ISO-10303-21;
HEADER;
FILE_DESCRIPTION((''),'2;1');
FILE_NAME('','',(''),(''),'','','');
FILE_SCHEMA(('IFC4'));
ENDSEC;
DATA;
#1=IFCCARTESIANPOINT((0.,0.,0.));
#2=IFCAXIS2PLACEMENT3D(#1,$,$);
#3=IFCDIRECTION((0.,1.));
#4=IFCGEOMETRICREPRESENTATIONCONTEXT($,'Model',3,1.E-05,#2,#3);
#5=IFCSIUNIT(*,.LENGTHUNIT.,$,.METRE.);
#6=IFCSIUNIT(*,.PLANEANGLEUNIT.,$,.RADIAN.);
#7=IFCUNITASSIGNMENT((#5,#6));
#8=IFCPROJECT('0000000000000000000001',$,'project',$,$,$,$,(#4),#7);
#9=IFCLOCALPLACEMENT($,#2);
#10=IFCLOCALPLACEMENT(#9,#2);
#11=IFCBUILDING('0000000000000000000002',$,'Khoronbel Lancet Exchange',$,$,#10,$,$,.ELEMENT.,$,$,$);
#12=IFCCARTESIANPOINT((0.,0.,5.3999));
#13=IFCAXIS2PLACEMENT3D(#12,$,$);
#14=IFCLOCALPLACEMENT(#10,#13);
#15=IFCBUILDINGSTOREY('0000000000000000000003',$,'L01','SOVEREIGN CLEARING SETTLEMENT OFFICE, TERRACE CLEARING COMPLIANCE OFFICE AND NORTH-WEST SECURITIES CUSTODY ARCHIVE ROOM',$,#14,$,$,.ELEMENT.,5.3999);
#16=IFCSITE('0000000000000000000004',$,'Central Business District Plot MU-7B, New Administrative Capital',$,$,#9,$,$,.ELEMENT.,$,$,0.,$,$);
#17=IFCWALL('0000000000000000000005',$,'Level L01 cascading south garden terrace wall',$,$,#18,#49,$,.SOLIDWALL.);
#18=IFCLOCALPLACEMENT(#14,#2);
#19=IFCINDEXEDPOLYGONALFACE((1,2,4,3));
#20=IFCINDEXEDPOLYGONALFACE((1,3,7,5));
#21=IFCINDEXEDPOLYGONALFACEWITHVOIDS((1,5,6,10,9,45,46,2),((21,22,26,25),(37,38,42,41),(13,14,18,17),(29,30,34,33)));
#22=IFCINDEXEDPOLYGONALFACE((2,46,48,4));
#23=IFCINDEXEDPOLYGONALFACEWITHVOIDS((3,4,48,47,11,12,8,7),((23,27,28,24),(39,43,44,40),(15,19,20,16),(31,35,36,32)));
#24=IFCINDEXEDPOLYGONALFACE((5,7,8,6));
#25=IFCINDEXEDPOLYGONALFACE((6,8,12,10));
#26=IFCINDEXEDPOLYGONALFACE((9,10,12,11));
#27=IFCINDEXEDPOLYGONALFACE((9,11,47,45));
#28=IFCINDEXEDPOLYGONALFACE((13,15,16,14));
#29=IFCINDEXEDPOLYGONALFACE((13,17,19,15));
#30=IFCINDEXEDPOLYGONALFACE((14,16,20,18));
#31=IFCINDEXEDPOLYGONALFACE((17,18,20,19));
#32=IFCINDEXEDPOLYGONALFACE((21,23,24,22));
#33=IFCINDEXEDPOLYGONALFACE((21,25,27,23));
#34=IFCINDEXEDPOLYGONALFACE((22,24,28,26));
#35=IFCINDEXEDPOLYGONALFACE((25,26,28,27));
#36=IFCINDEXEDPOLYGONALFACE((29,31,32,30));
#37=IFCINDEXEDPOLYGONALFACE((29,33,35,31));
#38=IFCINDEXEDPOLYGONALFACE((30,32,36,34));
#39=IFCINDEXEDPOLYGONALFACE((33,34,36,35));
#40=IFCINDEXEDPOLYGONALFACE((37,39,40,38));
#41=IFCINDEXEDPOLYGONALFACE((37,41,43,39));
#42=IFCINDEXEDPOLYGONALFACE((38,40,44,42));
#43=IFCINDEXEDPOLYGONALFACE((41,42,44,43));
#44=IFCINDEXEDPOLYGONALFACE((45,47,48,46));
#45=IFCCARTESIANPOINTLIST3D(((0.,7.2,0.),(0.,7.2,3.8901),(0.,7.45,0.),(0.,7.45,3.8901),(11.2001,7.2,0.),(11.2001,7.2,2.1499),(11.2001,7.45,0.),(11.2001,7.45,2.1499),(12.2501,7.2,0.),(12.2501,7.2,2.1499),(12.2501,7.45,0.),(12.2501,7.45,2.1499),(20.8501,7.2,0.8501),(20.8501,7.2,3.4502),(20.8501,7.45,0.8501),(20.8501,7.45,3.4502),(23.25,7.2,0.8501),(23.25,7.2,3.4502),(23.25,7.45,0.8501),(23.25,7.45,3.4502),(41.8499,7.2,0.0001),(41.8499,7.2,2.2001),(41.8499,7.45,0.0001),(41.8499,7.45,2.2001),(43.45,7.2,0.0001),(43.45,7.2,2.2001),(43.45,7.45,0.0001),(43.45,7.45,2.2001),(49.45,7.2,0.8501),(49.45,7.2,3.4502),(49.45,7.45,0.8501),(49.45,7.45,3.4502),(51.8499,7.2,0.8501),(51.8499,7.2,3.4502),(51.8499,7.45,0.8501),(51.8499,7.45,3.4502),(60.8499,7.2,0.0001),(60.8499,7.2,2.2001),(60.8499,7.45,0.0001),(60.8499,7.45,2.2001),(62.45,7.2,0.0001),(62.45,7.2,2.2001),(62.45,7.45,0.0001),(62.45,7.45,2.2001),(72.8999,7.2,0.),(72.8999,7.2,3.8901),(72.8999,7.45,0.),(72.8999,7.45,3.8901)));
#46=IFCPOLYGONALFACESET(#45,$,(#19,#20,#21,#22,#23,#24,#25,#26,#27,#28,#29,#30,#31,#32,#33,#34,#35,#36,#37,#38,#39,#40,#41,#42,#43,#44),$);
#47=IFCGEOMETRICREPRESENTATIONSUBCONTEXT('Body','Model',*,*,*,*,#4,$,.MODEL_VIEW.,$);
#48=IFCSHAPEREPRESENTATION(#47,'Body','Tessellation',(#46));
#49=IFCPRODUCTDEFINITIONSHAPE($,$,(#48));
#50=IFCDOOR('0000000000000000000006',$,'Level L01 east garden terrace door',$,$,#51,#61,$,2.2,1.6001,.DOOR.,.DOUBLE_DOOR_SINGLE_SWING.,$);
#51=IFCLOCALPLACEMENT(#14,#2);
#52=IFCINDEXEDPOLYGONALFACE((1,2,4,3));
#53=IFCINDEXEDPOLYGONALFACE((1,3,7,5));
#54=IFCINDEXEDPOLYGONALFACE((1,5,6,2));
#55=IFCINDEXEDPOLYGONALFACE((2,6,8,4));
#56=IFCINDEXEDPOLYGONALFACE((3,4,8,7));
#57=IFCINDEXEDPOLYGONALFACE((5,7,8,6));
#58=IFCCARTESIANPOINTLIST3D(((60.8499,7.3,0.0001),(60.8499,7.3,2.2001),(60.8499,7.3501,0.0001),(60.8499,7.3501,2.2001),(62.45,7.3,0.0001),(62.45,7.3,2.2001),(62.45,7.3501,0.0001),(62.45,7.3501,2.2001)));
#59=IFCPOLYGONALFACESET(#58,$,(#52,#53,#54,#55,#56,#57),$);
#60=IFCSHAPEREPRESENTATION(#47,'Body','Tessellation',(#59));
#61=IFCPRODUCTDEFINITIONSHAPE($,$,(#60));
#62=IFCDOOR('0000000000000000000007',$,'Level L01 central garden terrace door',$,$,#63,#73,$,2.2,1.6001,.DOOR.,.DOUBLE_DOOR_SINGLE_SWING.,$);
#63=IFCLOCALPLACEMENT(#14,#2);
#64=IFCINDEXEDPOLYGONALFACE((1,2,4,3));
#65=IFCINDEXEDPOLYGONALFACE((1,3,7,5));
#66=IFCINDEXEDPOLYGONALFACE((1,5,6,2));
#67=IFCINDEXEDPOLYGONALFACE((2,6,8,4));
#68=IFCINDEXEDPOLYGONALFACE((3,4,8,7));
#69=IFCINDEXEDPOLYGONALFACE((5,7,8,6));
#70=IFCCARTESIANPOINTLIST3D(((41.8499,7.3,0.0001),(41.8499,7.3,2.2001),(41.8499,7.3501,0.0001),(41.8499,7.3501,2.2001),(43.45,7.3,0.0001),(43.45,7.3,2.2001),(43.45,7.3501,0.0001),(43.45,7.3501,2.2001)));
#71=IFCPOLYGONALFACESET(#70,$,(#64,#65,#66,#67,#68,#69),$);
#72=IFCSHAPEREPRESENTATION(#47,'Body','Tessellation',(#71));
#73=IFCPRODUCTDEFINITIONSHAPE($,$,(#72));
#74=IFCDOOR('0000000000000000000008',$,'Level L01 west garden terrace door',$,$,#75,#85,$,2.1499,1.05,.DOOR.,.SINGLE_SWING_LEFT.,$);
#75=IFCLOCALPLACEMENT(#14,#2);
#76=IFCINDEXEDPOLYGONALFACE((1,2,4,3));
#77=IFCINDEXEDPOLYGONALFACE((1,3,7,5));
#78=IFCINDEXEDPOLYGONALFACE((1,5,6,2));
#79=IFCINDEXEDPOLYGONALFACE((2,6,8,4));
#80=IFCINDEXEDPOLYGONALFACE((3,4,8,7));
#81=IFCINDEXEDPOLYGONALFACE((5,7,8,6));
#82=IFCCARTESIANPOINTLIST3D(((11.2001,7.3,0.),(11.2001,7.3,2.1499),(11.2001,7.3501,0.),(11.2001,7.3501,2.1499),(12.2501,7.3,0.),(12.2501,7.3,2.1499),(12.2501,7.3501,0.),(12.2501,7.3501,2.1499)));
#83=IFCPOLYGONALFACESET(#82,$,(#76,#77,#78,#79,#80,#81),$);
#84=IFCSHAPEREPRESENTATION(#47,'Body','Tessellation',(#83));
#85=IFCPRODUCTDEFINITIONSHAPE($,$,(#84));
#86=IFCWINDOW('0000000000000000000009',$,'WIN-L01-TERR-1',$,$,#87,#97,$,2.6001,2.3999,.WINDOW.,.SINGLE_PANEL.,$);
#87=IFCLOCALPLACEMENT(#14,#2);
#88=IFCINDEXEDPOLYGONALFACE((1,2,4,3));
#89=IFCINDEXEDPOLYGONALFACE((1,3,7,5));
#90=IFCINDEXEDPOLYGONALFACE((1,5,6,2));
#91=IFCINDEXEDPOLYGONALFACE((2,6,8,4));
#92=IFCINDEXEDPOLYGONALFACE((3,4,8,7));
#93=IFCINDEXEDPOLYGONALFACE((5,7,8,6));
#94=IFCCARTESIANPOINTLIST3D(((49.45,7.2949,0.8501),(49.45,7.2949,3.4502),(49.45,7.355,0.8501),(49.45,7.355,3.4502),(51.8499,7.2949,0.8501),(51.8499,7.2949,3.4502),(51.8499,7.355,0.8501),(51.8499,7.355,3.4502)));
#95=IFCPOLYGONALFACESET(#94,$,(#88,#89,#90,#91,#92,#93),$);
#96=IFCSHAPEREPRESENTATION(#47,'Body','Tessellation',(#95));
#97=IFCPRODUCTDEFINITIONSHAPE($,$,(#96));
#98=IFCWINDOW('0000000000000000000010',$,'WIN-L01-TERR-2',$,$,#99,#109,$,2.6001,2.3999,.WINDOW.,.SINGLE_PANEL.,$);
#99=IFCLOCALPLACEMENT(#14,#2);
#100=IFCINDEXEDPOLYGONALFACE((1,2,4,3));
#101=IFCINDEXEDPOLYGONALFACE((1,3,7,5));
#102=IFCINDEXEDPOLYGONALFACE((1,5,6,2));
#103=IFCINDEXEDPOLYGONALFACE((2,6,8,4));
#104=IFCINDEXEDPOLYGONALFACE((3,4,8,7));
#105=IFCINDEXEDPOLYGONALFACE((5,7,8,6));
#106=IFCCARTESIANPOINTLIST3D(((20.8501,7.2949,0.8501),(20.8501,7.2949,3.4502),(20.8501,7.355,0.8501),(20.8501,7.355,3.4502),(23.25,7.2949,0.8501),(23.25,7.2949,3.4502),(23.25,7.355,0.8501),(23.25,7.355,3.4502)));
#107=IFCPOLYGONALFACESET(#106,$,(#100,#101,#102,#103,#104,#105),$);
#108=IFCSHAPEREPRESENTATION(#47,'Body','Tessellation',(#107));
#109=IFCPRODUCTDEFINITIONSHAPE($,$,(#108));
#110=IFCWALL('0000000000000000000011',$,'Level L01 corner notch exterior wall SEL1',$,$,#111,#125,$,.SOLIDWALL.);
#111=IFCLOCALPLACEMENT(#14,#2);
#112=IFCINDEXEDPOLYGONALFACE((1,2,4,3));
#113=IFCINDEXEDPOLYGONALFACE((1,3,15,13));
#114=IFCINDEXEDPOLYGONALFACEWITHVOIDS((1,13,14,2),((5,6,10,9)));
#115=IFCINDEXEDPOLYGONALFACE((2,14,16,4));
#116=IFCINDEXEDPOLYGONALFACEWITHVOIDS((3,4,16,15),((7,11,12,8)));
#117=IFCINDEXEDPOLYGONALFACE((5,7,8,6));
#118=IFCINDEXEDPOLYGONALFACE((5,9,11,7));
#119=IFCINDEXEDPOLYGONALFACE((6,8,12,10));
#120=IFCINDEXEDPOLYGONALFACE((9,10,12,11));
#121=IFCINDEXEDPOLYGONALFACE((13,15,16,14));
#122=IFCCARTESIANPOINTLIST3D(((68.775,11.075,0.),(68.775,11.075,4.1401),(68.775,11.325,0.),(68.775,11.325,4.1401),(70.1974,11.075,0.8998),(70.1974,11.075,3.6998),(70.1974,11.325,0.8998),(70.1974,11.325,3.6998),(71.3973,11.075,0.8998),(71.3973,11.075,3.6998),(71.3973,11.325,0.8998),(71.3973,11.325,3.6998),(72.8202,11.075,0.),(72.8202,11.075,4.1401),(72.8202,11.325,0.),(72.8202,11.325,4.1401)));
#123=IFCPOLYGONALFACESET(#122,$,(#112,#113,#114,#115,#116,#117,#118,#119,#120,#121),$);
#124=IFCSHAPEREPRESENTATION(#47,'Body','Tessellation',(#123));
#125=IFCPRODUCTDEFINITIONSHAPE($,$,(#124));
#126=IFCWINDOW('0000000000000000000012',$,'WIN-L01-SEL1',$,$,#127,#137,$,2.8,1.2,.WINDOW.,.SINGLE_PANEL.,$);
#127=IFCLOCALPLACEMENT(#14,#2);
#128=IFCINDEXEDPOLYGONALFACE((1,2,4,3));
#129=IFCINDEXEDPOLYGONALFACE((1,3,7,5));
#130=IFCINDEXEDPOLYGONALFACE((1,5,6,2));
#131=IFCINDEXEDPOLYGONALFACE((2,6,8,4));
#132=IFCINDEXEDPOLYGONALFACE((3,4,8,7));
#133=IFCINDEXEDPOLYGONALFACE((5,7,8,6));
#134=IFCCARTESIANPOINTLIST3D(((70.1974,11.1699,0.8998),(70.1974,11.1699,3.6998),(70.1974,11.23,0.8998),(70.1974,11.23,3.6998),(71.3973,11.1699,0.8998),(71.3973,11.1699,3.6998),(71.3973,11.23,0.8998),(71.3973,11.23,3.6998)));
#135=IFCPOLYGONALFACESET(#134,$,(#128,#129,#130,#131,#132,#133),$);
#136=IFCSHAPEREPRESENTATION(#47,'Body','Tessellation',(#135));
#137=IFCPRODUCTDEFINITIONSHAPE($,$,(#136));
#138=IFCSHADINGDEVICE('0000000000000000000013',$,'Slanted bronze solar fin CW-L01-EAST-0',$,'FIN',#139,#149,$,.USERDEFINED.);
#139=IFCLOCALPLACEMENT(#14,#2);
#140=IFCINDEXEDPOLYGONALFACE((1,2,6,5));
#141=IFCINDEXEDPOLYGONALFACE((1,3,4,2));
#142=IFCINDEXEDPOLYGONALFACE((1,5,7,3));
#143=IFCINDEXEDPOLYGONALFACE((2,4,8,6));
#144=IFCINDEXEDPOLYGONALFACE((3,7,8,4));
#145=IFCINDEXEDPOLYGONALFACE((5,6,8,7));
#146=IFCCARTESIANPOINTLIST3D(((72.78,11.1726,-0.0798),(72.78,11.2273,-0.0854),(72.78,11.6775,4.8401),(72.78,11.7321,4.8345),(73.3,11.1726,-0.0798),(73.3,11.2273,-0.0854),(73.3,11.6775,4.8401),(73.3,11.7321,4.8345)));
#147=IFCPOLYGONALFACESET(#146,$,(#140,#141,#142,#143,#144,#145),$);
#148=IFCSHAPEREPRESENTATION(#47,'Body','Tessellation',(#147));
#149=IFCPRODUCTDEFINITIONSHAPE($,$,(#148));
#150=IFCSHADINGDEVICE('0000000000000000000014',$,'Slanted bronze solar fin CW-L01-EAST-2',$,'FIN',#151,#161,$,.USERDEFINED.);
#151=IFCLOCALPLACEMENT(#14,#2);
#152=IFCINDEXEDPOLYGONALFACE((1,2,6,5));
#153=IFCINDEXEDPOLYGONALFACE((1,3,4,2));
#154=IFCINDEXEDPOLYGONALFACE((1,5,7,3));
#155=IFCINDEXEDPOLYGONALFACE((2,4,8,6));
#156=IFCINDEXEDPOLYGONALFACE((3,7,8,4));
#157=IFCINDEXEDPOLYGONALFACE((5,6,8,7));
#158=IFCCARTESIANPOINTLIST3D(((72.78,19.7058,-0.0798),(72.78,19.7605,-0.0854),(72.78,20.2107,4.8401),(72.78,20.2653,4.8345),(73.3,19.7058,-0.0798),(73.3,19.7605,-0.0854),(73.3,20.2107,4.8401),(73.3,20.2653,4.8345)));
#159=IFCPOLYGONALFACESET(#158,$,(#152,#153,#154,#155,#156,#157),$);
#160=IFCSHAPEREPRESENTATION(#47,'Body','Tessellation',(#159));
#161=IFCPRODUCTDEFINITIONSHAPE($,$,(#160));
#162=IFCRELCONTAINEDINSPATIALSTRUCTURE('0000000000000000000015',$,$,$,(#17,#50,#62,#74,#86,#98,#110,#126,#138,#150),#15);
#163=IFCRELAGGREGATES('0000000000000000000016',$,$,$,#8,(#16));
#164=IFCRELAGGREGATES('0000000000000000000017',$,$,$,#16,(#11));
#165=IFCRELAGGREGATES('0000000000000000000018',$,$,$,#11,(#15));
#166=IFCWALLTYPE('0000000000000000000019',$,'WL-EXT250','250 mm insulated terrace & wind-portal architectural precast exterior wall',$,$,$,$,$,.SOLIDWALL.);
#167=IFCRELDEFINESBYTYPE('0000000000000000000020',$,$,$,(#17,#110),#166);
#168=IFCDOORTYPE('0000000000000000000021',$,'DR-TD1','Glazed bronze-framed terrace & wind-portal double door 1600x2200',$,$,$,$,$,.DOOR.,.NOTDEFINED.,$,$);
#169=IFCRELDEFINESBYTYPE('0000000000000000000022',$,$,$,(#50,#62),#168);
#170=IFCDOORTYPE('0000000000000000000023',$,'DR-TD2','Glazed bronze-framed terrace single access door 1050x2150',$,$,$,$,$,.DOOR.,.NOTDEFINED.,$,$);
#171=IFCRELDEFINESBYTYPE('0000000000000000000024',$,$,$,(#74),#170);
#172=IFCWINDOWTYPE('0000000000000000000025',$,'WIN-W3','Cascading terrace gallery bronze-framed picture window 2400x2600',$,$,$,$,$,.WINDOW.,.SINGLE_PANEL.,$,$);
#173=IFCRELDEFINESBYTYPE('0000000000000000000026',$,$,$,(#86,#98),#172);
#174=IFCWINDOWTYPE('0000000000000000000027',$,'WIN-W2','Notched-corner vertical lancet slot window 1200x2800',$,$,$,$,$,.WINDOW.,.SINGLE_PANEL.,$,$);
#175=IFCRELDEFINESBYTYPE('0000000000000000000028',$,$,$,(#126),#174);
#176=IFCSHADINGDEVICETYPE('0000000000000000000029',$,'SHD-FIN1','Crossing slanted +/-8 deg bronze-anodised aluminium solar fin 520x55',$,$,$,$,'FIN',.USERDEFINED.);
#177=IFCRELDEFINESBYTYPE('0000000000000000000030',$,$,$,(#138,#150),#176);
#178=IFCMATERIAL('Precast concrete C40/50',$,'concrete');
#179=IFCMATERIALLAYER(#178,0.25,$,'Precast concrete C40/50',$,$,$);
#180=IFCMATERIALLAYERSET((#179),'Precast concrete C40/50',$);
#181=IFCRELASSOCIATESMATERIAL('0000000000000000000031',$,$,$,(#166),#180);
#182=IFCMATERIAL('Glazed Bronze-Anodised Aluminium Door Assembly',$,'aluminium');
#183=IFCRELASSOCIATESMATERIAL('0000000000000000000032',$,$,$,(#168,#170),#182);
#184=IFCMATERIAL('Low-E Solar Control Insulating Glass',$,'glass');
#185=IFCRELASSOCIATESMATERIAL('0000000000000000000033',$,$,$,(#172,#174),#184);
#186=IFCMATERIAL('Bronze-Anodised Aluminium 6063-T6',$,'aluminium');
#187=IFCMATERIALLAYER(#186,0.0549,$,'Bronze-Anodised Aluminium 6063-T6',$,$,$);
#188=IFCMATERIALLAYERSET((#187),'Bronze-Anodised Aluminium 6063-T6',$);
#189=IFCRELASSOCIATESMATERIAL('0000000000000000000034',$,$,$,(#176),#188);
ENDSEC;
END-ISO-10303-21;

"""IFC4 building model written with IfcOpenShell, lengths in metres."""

from ifc_helpers import new_model, si_unit, direction, frame, frame_2d, origin, place, context, subcontext, project, spatial, polyline, rectangle, outline, extrude, material, layer, layer_set, type_object, element, fill, save


model = new_model("IFC4")

# Units and contexts
model_context = context("Model", 3, precision=1e-05, world=origin(), true_north=direction((0.0, 1.0)))
body_context = subcontext(model_context, "Body", "Model", "MODEL_VIEW")
ifc_project = project(units=[si_unit("LENGTHUNIT", "METRE"), si_unit("PLANEANGLEUNIT", "RADIAN")], contexts=[model_context])

# Site, building, storey
site_placement = place(None, origin())
site = spatial("IfcSite", under=ifc_project, at=site_placement, Name="Central Business District Plot MU-7B, New Administrative Capital", CompositionType="ELEMENT", RefElevation=0.0)
building_placement = place(site_placement, origin())
building = spatial("IfcBuilding", under=site, at=building_placement, Name="Khoronbel Lancet Exchange", CompositionType="ELEMENT")
storey_placement = place(building_placement, frame((0.0, 0.0, 5.3999)))
storey = spatial("IfcBuildingStorey", under=building, at=storey_placement, Name="L01", Description="SOVEREIGN CLEARING SETTLEMENT OFFICE, TERRACE CLEARING COMPLIANCE OFFICE AND NORTH-WEST SECURITIES CUSTODY ARCHIVE ROOM", CompositionType="ELEMENT", Elevation=5.3999)

# Shared definitions
ifc_material_1 = material(Name="Low-E Solar Control Insulating Glass", Category="glass")
ifc_material_2 = material(Name="Bronze-Anodised Aluminium 6063-T6", Category="aluminium")

# Wall, openings, doors, windows
ifc_material_3 = material(Name="Precast concrete C40/50", Category="concrete")
ifc_layer_1 = layer(ifc_material_3, 0.25, Name="Precast concrete C40/50")
ifc_layer_set_1 = layer_set([ifc_layer_1], Name="Precast concrete C40/50")
wall_type = type_object("IfcWallType", Name="WL-EXT250", Description="250 mm insulated terrace & wind-portal architectural precast exterior wall", PredefinedType="SOLIDWALL", material=ifc_layer_set_1)
wall_1_placement = place(storey_placement, frame((72.8999, 7.325, 0.0), z_axis=(0.0, 0.0, 1.0), x_axis=(-1.0, 0.0, 0.0)))
wall_1 = element("IfcWall", 1, at=wall_1_placement, inside=storey, type_object=wall_type, Name="Level L01 cascading south garden terrace wall", PredefinedType="SOLIDWALL", context=body_context, shape_type="SweptSolid", body=[
    extrude(rectangle(XDim=72.8999, YDim=0.25, at=frame_2d((36.45, 0.0))), origin(), (0.0, 0.0, 1.0), 3.8901),
])
opening_1_placement = place(wall_1_placement, frame((10.45, 0.0, 0.0)))
opening_1 = element("IfcOpeningElement", 2, at=opening_1_placement, cuts=wall_1, PredefinedType="OPENING", context=body_context, shape_type="SweptSolid", body=[
    extrude(rectangle(XDim=1.6001, YDim=2.2, at=frame_2d((0.8, 1.1001))), frame((0.0, 0.135, 0.0), z_axis=(0.0, -1.0, 0.0), x_axis=(1.0, 0.0, 0.0)), (0.0, 0.0, 1.0), 0.27),
])
opening_2_placement = place(wall_1_placement, frame((29.45, 0.0, 0.0)))
opening_2 = element("IfcOpeningElement", 3, at=opening_2_placement, cuts=wall_1, PredefinedType="OPENING", context=body_context, shape_type="SweptSolid", body=[
    extrude(rectangle(XDim=1.6001, YDim=2.2, at=frame_2d((0.8, 1.1001))), frame((0.0, 0.135, 0.0), z_axis=(0.0, -1.0, 0.0), x_axis=(1.0, 0.0, 0.0)), (0.0, 0.0, 1.0), 0.27),
])
opening_3_placement = place(wall_1_placement, frame((60.6499, 0.0, 0.0)))
opening_3 = element("IfcOpeningElement", 4, at=opening_3_placement, cuts=wall_1, PredefinedType="OPENING", context=body_context, shape_type="SweptSolid", body=[
    extrude(rectangle(XDim=1.05, YDim=2.1499, at=frame_2d((0.5249, 1.075))), frame((0.0, 0.135, 0.0), z_axis=(0.0, -1.0, 0.0), x_axis=(1.0, 0.0, 0.0)), (0.0, 0.0, 1.0), 0.27),
])
opening_4_placement = place(wall_1_placement, frame((21.05, 0.0, 0.8501)))
opening_4 = element("IfcOpeningElement", 5, at=opening_4_placement, cuts=wall_1, PredefinedType="OPENING", context=body_context, shape_type="SweptSolid", body=[
    extrude(rectangle(XDim=2.3999, YDim=2.6001, at=frame_2d((1.2, 1.3))), frame((0.0, 0.135, 0.0), z_axis=(0.0, -1.0, 0.0), x_axis=(1.0, 0.0, 0.0)), (0.0, 0.0, 1.0), 0.27),
])
opening_5_placement = place(wall_1_placement, frame((49.6499, 0.0, 0.8501)))
opening_5 = element("IfcOpeningElement", 6, at=opening_5_placement, cuts=wall_1, PredefinedType="OPENING", context=body_context, shape_type="SweptSolid", body=[
    extrude(rectangle(XDim=2.3999, YDim=2.6001, at=frame_2d((1.2, 1.3))), frame((0.0, 0.135, 0.0), z_axis=(0.0, -1.0, 0.0), x_axis=(1.0, 0.0, 0.0)), (0.0, 0.0, 1.0), 0.27),
])
ifc_material_4 = material(Name="Glazed Bronze-Anodised Aluminium Door Assembly", Category="aluminium")
door_type_1 = type_object("IfcDoorType", Name="DR-TD1", Description="Glazed bronze-framed terrace & wind-portal double door 1600x2200", OperationType="NOTDEFINED", PredefinedType="DOOR", material=ifc_material_4)
door_1_placement = place(opening_1_placement, origin())
door_1 = element("IfcDoor", 7, at=door_1_placement, inside=storey, type_object=door_type_1, Name="Level L01 east garden terrace door", OperationType="DOUBLE_DOOR_SINGLE_SWING", OverallHeight=2.2, OverallWidth=1.6001, PredefinedType="DOOR", context=body_context, shape_type="SweptSolid", body=[
    extrude(rectangle(XDim=1.6001, YDim=2.2, at=frame_2d((0.8, 1.1001))), frame((0.0, 0.0249, 0.0), z_axis=(0.0, -1.0, 0.0), x_axis=(1.0, 0.0, 0.0)), (0.0, 0.0, 1.0), 0.05),
])
fill(opening_1, door_1)
door_2_placement = place(opening_2_placement, origin())
door_2 = element("IfcDoor", 8, at=door_2_placement, inside=storey, type_object=door_type_1, Name="Level L01 central garden terrace door", OperationType="DOUBLE_DOOR_SINGLE_SWING", OverallHeight=2.2, OverallWidth=1.6001, PredefinedType="DOOR", context=body_context, shape_type="SweptSolid", body=[
    extrude(rectangle(XDim=1.6001, YDim=2.2, at=frame_2d((0.8, 1.1001))), frame((0.0, 0.0249, 0.0), z_axis=(0.0, -1.0, 0.0), x_axis=(1.0, 0.0, 0.0)), (0.0, 0.0, 1.0), 0.05),
])
fill(opening_2, door_2)
door_type_2 = type_object("IfcDoorType", Name="DR-TD2", Description="Glazed bronze-framed terrace single access door 1050x2150", OperationType="NOTDEFINED", PredefinedType="DOOR", material=ifc_material_4)
door_3_placement = place(opening_3_placement, origin())
door_3 = element("IfcDoor", 9, at=door_3_placement, inside=storey, type_object=door_type_2, Name="Level L01 west garden terrace door", OperationType="SINGLE_SWING_LEFT", OverallHeight=2.1499, OverallWidth=1.05, PredefinedType="DOOR", context=body_context, shape_type="SweptSolid", body=[
    extrude(rectangle(XDim=1.05, YDim=2.1499, at=frame_2d((0.5249, 1.075))), frame((0.0, 0.0249, 0.0), z_axis=(0.0, -1.0, 0.0), x_axis=(1.0, 0.0, 0.0)), (0.0, 0.0, 1.0), 0.05),
])
fill(opening_3, door_3)
window_type_1 = type_object("IfcWindowType", Name="WIN-W3", Description="Cascading terrace gallery bronze-framed picture window 2400x2600", PartitioningType="SINGLE_PANEL", PredefinedType="WINDOW", material=ifc_material_1)
window_1_placement = place(opening_4_placement, origin())
window_1 = element("IfcWindow", 10, at=window_1_placement, inside=storey, type_object=window_type_1, Name="WIN-L01-TERR-1", OverallHeight=2.6001, OverallWidth=2.3999, PartitioningType="SINGLE_PANEL", PredefinedType="WINDOW", context=body_context, shape_type="SweptSolid", body=[
    extrude(rectangle(XDim=2.3999, YDim=2.6001, at=frame_2d((1.2, 1.3))), frame((0.0, 0.03, 0.0), z_axis=(0.0, -1.0, 0.0), x_axis=(1.0, 0.0, 0.0)), (0.0, 0.0, 1.0), 0.0601),
])
fill(opening_4, window_1)
window_2_placement = place(opening_5_placement, origin())
window_2 = element("IfcWindow", 11, at=window_2_placement, inside=storey, type_object=window_type_1, Name="WIN-L01-TERR-2", OverallHeight=2.6001, OverallWidth=2.3999, PartitioningType="SINGLE_PANEL", PredefinedType="WINDOW", context=body_context, shape_type="SweptSolid", body=[
    extrude(rectangle(XDim=2.3999, YDim=2.6001, at=frame_2d((1.2, 1.3))), frame((0.0, 0.03, 0.0), z_axis=(0.0, -1.0, 0.0), x_axis=(1.0, 0.0, 0.0)), (0.0, 0.0, 1.0), 0.0601),
])
fill(opening_5, window_2)

# Wall, opening, window
wall_2_placement = place(storey_placement, frame((72.8201, 11.2, 0.0), z_axis=(0.0, 0.0, 1.0), x_axis=(-1.0, 0.0, 0.0)))
wall_2 = element("IfcWall", 12, at=wall_2_placement, inside=storey, type_object=wall_type, Name="Level L01 corner notch exterior wall SEL1", PredefinedType="SOLIDWALL", context=body_context, shape_type="SweptSolid", body=[
    extrude(rectangle(XDim=4.0452, YDim=0.25, at=frame_2d((2.0225, 0.0))), origin(), (0.0, 0.0, 1.0), 4.1401),
])
opening_6_placement = place(wall_2_placement, frame((1.4226, 0.0, 0.8999)))
opening_6 = element("IfcOpeningElement", 13, at=opening_6_placement, cuts=wall_2, PredefinedType="OPENING", context=body_context, shape_type="SweptSolid", body=[
    extrude(rectangle(XDim=1.2, YDim=2.8, at=frame_2d((0.6001, 1.3999))), frame((0.0, 0.135, 0.0), z_axis=(0.0, -1.0, 0.0), x_axis=(1.0, 0.0, 0.0)), (0.0, 0.0, 1.0), 0.27),
])
window_type_2 = type_object("IfcWindowType", Name="WIN-W2", Description="Notched-corner vertical lancet slot window 1200x2800", PartitioningType="SINGLE_PANEL", PredefinedType="WINDOW", material=ifc_material_1)
window_3_placement = place(opening_6_placement, origin())
window_3 = element("IfcWindow", 14, at=window_3_placement, inside=storey, type_object=window_type_2, Name="WIN-L01-SEL1", OverallHeight=2.8, OverallWidth=1.2, PartitioningType="SINGLE_PANEL", PredefinedType="WINDOW", context=body_context, shape_type="SweptSolid", body=[
    extrude(rectangle(XDim=1.2, YDim=2.8, at=frame_2d((0.6001, 1.3999))), frame((0.0, 0.03, 0.0), z_axis=(0.0, -1.0, 0.0), x_axis=(1.0, 0.0, 0.0)), (0.0, 0.0, 1.0), 0.0601),
])
fill(opening_6, window_3)

# Shading devices
ifc_layer_2 = layer(ifc_material_2, 0.0549, Name="Bronze-Anodised Aluminium 6063-T6")
ifc_layer_set_2 = layer_set([ifc_layer_2], Name="Bronze-Anodised Aluminium 6063-T6")
shading_device_type = type_object("IfcShadingDeviceType", Name="SHD-FIN1", Description="Crossing slanted +/-8 deg bronze-anodised aluminium solar fin 520x55", ElementType="FIN", PredefinedType="USERDEFINED", material=ifc_layer_set_2)
for number, where, z_axis, x_axis, name in (
    (15, (72.78, 11.1726, -0.0798), (0.0, -0.994776, 0.102084), (1.0, 0.0, 0.0), "Slanted bronze solar fin CW-L01-EAST-0"),
    (16, (72.78, 19.7058, -0.0798), (0.0, -0.994776, 0.102084), (1.0, 0.0, 0.0), "Slanted bronze solar fin CW-L01-EAST-2"),
):
    element("IfcShadingDevice", number, at=place(storey_placement, frame(where, z_axis=z_axis, x_axis=x_axis)), inside=storey, type_object=shading_device_type, Name=name, ObjectType="FIN", PredefinedType="USERDEFINED", context=body_context, shape_type="SweptSolid", body=[
        extrude(outline(polyline([(0.0, 0.0), (0.52, 0.0), (0.52, 4.9458), (0.0, 4.9458), (0.0, 0.0)])), origin(), (0.0, 0.0, -1.0), 0.0549),
    ])

save(model, "model.ifc")
